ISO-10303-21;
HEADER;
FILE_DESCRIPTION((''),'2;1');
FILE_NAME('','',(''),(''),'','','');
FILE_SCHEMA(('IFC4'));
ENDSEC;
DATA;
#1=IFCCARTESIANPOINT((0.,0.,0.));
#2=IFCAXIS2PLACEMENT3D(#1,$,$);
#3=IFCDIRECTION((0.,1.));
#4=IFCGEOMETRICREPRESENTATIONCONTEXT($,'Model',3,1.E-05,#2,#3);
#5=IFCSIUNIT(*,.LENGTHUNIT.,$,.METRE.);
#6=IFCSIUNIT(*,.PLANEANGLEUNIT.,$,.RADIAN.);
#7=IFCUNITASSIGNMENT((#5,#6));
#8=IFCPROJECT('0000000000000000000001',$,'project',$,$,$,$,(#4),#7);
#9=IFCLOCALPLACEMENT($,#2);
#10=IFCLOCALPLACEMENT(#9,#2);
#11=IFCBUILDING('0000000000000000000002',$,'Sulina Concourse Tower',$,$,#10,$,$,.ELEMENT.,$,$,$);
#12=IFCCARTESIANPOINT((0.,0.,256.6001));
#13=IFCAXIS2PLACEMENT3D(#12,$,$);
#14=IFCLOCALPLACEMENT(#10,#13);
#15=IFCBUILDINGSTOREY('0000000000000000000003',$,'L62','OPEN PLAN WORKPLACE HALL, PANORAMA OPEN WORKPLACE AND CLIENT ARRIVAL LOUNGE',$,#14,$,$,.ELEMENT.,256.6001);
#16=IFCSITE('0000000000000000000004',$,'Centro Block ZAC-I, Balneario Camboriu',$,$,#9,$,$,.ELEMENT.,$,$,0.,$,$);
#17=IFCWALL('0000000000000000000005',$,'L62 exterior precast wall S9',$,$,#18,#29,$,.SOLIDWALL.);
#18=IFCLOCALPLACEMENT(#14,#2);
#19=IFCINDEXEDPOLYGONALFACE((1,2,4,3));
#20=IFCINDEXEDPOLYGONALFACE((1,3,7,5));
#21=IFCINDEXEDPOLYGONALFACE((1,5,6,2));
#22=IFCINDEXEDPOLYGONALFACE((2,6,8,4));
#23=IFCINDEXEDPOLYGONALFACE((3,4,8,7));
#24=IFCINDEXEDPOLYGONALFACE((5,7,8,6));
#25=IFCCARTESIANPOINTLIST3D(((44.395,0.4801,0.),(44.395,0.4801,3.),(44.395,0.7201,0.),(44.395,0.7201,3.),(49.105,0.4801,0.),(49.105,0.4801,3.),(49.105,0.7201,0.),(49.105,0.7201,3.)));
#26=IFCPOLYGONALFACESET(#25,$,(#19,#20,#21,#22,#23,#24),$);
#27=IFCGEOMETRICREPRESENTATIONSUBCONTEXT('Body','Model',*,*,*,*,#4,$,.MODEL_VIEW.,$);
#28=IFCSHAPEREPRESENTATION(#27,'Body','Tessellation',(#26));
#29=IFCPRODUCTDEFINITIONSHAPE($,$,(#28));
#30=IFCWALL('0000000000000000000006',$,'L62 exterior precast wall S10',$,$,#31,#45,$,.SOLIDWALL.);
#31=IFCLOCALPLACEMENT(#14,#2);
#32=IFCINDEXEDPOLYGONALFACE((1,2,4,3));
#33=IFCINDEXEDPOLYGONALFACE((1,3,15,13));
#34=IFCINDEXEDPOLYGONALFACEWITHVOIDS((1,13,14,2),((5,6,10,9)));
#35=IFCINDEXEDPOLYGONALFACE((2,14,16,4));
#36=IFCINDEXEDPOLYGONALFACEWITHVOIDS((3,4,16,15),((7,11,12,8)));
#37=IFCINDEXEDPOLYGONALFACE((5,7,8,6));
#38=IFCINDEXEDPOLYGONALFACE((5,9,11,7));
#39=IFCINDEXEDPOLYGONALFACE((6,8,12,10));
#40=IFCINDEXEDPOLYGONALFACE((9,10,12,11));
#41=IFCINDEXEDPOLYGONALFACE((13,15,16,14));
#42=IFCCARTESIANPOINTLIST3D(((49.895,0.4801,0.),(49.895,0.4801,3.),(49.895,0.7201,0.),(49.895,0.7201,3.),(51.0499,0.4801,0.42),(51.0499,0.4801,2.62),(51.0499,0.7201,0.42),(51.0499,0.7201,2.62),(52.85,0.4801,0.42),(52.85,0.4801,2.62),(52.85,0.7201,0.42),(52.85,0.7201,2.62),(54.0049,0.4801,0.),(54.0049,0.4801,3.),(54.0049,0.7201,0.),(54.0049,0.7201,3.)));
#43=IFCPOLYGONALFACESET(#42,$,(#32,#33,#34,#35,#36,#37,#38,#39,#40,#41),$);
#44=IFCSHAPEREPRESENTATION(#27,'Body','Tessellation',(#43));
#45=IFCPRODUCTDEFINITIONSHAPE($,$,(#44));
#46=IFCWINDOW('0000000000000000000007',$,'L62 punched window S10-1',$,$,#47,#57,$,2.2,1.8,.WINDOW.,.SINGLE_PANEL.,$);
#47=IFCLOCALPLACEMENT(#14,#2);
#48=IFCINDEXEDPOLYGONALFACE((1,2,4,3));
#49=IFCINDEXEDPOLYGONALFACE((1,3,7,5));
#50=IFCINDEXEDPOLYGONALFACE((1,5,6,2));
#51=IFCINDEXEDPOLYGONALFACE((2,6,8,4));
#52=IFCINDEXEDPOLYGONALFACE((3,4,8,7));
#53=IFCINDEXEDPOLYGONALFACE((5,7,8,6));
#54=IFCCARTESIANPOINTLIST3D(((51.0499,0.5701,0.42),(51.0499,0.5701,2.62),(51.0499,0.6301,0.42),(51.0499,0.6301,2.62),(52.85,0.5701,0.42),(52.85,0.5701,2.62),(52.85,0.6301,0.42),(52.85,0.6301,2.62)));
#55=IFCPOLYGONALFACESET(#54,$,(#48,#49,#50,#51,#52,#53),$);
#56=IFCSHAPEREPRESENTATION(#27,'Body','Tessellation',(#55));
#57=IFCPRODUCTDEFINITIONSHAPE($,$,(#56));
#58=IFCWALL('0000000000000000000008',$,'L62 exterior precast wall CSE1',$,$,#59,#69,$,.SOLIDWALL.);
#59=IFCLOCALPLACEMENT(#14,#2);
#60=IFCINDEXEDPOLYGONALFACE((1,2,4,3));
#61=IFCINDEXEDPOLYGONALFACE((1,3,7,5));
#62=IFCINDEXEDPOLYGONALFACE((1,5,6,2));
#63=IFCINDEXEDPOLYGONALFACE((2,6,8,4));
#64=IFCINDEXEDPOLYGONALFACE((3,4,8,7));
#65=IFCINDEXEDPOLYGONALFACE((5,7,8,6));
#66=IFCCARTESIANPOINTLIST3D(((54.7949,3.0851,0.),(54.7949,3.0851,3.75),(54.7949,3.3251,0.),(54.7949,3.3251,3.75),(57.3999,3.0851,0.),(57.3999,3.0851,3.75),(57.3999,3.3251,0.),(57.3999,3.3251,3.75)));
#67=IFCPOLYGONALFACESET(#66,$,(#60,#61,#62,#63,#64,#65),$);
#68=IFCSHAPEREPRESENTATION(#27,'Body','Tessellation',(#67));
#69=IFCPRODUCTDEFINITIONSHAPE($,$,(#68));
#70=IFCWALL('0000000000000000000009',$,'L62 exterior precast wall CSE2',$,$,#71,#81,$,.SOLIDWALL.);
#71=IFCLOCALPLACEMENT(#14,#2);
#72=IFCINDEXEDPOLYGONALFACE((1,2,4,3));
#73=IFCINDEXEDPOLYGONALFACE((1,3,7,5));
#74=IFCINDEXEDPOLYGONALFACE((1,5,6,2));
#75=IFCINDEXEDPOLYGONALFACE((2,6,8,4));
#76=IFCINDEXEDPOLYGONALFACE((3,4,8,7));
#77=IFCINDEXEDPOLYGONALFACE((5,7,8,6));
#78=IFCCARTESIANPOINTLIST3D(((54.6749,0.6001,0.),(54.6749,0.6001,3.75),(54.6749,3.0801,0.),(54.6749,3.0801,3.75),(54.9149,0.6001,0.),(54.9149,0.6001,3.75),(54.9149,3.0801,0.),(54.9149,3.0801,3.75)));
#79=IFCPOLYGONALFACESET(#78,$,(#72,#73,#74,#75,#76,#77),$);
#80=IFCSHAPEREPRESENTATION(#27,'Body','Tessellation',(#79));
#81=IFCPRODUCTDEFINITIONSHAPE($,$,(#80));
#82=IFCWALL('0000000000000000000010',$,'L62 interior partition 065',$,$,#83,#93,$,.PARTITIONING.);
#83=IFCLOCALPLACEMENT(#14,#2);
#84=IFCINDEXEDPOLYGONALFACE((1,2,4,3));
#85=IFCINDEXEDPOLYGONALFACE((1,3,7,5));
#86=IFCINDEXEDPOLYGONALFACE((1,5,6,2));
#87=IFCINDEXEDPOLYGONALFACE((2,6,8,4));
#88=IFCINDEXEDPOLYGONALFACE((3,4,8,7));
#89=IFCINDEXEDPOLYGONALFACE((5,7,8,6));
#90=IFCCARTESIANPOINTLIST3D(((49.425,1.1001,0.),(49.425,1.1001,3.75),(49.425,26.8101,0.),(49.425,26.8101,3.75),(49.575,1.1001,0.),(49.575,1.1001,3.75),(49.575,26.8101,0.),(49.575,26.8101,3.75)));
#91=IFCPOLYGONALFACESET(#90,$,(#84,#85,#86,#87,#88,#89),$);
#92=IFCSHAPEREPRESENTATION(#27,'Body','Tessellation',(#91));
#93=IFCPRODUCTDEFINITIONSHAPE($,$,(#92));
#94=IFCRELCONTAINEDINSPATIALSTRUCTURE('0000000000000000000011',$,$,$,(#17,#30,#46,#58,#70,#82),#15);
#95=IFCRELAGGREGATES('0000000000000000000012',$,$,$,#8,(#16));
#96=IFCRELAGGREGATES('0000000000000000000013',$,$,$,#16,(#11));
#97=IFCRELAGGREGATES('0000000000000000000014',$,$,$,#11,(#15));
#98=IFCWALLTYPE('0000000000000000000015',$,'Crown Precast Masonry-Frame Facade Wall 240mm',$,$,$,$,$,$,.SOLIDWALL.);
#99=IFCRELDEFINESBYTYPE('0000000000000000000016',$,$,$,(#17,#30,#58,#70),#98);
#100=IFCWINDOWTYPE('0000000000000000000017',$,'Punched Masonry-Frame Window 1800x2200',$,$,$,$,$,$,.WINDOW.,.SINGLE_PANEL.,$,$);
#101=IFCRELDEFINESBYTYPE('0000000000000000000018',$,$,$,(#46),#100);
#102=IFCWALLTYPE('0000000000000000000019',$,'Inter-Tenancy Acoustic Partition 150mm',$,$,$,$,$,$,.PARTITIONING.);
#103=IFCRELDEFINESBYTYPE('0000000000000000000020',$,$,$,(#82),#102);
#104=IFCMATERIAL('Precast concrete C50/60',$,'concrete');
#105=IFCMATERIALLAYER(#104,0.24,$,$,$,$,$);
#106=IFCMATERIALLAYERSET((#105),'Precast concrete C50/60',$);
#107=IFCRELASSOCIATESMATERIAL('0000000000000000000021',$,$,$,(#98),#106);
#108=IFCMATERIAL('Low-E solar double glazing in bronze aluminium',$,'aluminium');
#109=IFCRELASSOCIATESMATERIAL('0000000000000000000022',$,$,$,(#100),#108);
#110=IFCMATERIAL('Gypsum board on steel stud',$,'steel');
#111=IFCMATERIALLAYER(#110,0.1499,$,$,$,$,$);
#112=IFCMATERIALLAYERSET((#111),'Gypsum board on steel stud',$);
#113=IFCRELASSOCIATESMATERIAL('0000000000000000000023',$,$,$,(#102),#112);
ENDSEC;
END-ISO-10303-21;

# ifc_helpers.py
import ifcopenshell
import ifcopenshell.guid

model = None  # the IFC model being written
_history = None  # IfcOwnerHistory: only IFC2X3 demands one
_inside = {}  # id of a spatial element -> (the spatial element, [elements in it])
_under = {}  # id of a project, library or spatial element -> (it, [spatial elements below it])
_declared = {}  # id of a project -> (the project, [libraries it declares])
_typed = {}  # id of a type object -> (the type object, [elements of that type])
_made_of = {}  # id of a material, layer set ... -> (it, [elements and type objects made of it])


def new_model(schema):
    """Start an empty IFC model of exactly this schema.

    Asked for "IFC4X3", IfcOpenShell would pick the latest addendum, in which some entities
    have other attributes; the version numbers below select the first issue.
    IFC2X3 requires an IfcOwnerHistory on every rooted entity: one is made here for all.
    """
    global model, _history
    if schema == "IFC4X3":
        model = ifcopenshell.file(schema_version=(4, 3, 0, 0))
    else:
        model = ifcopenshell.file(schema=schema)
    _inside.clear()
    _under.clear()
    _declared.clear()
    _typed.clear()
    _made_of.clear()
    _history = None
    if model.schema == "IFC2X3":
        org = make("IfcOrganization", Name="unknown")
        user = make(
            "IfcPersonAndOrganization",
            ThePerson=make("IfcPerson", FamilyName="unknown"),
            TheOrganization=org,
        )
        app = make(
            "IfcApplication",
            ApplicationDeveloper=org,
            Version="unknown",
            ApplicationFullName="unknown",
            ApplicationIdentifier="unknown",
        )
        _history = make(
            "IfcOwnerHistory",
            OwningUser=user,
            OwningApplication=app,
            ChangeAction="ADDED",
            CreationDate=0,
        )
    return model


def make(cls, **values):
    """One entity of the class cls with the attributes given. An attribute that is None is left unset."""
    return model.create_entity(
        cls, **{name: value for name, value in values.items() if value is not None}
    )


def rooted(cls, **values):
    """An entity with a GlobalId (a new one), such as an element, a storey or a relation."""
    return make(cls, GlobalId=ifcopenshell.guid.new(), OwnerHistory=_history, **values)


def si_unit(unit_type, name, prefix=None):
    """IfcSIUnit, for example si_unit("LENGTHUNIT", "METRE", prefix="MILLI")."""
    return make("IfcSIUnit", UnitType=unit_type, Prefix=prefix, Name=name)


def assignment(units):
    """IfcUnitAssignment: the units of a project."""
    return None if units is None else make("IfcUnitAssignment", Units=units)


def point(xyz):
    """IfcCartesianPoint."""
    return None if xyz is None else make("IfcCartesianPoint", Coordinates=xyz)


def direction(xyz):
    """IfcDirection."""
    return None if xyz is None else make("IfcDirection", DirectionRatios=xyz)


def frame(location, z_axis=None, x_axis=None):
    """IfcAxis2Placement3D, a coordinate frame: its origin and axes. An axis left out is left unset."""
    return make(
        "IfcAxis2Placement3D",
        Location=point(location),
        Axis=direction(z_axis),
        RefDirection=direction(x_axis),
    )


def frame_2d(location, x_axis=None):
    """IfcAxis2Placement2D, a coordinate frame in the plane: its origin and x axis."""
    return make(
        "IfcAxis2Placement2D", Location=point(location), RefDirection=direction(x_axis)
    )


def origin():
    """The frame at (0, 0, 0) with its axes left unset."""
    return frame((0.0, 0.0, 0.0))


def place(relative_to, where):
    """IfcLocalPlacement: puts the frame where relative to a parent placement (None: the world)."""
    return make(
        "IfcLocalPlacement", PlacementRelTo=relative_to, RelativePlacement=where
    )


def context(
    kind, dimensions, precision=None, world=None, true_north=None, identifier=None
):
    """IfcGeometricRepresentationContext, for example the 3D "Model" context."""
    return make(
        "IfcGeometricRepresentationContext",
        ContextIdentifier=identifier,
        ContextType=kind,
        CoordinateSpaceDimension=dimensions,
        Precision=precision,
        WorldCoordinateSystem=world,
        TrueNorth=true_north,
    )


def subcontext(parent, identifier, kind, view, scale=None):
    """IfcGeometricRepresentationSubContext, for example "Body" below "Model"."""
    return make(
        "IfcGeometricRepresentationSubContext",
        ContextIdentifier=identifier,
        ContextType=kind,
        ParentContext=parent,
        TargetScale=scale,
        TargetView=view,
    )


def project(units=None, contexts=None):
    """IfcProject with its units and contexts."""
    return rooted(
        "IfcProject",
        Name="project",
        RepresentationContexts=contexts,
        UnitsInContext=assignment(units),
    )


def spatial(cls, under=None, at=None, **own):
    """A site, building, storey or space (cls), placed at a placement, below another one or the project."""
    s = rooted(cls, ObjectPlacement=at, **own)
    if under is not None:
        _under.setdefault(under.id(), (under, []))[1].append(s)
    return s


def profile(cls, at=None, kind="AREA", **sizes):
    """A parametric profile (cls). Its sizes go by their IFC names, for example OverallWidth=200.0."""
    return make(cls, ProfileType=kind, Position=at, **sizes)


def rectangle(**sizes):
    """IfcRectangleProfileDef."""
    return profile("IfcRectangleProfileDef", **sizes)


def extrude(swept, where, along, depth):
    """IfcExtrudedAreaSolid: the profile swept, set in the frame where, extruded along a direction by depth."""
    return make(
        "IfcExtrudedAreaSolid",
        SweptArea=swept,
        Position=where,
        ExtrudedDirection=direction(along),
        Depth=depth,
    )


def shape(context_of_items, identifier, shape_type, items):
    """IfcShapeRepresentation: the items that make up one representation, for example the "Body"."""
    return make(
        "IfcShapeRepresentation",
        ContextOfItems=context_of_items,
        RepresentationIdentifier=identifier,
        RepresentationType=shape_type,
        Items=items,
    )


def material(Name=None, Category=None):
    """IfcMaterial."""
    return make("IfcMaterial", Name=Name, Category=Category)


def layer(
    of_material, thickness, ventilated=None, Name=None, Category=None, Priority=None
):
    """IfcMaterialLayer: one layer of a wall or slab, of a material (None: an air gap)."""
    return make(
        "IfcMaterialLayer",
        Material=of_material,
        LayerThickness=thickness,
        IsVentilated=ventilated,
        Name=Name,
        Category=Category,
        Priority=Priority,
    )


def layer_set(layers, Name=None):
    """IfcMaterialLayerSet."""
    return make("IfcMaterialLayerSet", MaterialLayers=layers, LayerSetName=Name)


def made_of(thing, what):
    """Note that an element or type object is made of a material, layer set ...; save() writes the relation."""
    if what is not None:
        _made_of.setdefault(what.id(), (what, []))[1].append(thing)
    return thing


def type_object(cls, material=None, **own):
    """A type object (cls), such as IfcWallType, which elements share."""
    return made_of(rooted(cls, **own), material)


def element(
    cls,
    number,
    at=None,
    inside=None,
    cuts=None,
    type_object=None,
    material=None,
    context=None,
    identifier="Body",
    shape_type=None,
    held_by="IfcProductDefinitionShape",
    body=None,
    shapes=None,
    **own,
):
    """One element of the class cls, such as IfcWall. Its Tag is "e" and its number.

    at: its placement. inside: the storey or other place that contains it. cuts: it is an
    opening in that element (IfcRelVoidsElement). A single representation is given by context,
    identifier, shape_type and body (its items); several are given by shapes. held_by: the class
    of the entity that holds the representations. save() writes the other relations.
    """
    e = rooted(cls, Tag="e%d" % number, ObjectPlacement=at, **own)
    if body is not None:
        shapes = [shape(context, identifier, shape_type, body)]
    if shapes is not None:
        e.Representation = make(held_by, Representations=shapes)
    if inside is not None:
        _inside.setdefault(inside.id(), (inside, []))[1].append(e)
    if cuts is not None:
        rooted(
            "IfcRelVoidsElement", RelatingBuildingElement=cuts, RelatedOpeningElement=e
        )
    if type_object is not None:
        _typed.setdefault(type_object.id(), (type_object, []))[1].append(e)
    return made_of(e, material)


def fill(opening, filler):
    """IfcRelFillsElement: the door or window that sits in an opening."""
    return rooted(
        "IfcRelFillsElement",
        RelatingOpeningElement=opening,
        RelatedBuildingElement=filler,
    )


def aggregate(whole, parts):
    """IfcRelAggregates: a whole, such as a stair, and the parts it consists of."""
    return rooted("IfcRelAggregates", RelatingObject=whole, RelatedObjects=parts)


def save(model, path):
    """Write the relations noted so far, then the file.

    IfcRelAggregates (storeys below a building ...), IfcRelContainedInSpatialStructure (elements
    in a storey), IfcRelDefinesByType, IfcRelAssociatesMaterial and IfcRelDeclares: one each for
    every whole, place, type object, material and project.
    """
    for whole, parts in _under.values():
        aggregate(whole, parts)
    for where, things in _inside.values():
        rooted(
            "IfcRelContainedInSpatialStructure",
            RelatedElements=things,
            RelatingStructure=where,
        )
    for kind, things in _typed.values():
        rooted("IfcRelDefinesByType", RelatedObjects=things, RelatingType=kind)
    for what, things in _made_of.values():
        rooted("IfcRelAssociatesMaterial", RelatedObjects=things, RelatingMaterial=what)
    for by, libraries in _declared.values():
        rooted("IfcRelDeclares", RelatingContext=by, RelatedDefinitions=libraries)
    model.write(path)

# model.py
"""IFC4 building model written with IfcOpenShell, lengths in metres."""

from ifc_helpers import new_model, si_unit, direction, frame, frame_2d, origin, place, context, subcontext, project, spatial, rectangle, extrude, material, layer, layer_set, type_object, element, fill, save


model = new_model("IFC4")

# Units and contexts
model_context = context("Model", 3, precision=1e-05, world=origin(), true_north=direction((0.0, 1.0)))
body_context = subcontext(model_context, "Body", "Model", "MODEL_VIEW")
ifc_project = project(units=[si_unit("LENGTHUNIT", "METRE"), si_unit("PLANEANGLEUNIT", "RADIAN")], contexts=[model_context])

# Site, building, storey
site_placement = place(None, origin())
site = spatial("IfcSite", under=ifc_project, at=site_placement, Name="Centro Block ZAC-I, Balneario Camboriu", CompositionType="ELEMENT", RefElevation=0.0)
building_placement = place(site_placement, origin())
building = spatial("IfcBuilding", under=site, at=building_placement, Name="Sulina Concourse Tower", CompositionType="ELEMENT")
storey_placement = place(building_placement, frame((0.0, 0.0, 256.6001)))
storey = spatial("IfcBuildingStorey", under=building, at=storey_placement, Name="L62", Description="OPEN PLAN WORKPLACE HALL, PANORAMA OPEN WORKPLACE AND CLIENT ARRIVAL LOUNGE", CompositionType="ELEMENT", Elevation=256.6001)

# Wall
ifc_material_1 = material(Name="Precast concrete C50/60", Category="concrete")
ifc_layer_1 = layer(ifc_material_1, 0.24)
ifc_layer_set_1 = layer_set([ifc_layer_1], Name="Precast concrete C50/60")
wall_type_1 = type_object("IfcWallType", Name="Crown Precast Masonry-Frame Facade Wall 240mm", PredefinedType="SOLIDWALL", material=ifc_layer_set_1)
wall_1_placement = place(storey_placement, frame((49.105, 0.6001, 0.0), z_axis=(0.0, 0.0, 1.0), x_axis=(-1.0, 0.0, 0.0)))
element("IfcWall", 1, at=wall_1_placement, inside=storey, type_object=wall_type_1, Name="L62 exterior precast wall S9", PredefinedType="SOLIDWALL", context=body_context, shape_type="SweptSolid", body=[
    extrude(rectangle(XDim=4.71, YDim=0.24, at=frame_2d((2.355, 0.0))), origin(), (0.0, 0.0, 1.0), 3.0),
])

# Wall, opening, window
wall_2_placement = place(storey_placement, frame((54.0049, 0.6001, 0.0), z_axis=(0.0, 0.0, 1.0), x_axis=(-1.0, 0.0, 0.0)))
wall_2 = element("IfcWall", 2, at=wall_2_placement, inside=storey, type_object=wall_type_1, Name="L62 exterior precast wall S10", PredefinedType="SOLIDWALL", context=body_context, shape_type="SweptSolid", body=[
    extrude(rectangle(XDim=4.1099, YDim=0.24, at=frame_2d((2.0549, 0.0))), origin(), (0.0, 0.0, 1.0), 3.0),
])
opening_placement = place(wall_2_placement, frame((1.155, 0.0, 0.4199)))
opening = element("IfcOpeningElement", 3, at=opening_placement, cuts=wall_2, PredefinedType="OPENING", context=body_context, shape_type="SweptSolid", body=[
    extrude(rectangle(XDim=1.8, YDim=2.2, at=frame_2d((0.8999, 1.1001))), frame((0.0, 0.1299, 0.0), z_axis=(0.0, -1.0, 0.0), x_axis=(1.0, 0.0, 0.0)), (0.0, 0.0, 1.0), 0.26),
])
ifc_material_2 = material(Name="Low-E solar double glazing in bronze aluminium", Category="aluminium")
window_type = type_object("IfcWindowType", Name="Punched Masonry-Frame Window 1800x2200", PartitioningType="SINGLE_PANEL", PredefinedType="WINDOW", material=ifc_material_2)
window_placement = place(opening_placement, origin())
window = element("IfcWindow", 4, at=window_placement, inside=storey, type_object=window_type, Name="L62 punched window S10-1", OverallHeight=2.2, OverallWidth=1.8, PartitioningType="SINGLE_PANEL", PredefinedType="WINDOW", context=body_context, shape_type="SweptSolid", body=[
    extrude(rectangle(XDim=1.8, YDim=2.2, at=frame_2d((0.8999, 1.1001))), frame((0.0, 0.03, 0.0), z_axis=(0.0, -1.0, 0.0), x_axis=(1.0, 0.0, 0.0)), (0.0, 0.0, 1.0), 0.0601),
])
fill(opening, window)

# Walls
wall_3_placement = place(storey_placement, frame((57.3999, 3.2051, 0.0), z_axis=(0.0, 0.0, 1.0), x_axis=(-1.0, 0.0, 0.0)))
element("IfcWall", 5, at=wall_3_placement, inside=storey, type_object=wall_type_1, Name="L62 exterior precast wall CSE1", PredefinedType="SOLIDWALL", context=body_context, shape_type="SweptSolid", body=[
    extrude(rectangle(XDim=2.605, YDim=0.24, at=frame_2d((1.3025, 0.0))), origin(), (0.0, 0.0, 1.0), 3.75),
])
wall_4_placement = place(storey_placement, frame((54.7949, 3.0801, 0.0), z_axis=(0.0, 0.0, 1.0), x_axis=(0.0, -1.0, 0.0)))
element("IfcWall", 6, at=wall_4_placement, inside=storey, type_object=wall_type_1, Name="L62 exterior precast wall CSE2", PredefinedType="SOLIDWALL", context=body_context, shape_type="SweptSolid", body=[
    extrude(rectangle(XDim=2.48, YDim=0.24, at=frame_2d((1.24, 0.0))), origin(), (0.0, 0.0, 1.0), 3.75),
])
ifc_material_3 = material(Name="Gypsum board on steel stud", Category="steel")
ifc_layer_2 = layer(ifc_material_3, 0.1499)
ifc_layer_set_2 = layer_set([ifc_layer_2], Name="Gypsum board on steel stud")
wall_type_2 = type_object("IfcWallType", Name="Inter-Tenancy Acoustic Partition 150mm", PredefinedType="PARTITIONING", material=ifc_layer_set_2)
wall_5_placement = place(storey_placement, frame((49.5, 1.1001, 0.0), z_axis=(0.0, 0.0, 1.0), x_axis=(0.0, 1.0, 0.0)))
element("IfcWall", 7, at=wall_5_placement, inside=storey, type_object=wall_type_2, Name="L62 interior partition 065", PredefinedType="PARTITIONING", context=body_context, shape_type="SweptSolid", body=[
    extrude(rectangle(XDim=25.71, YDim=0.1499, at=frame_2d((12.855, 0.0))), origin(), (0.0, 0.0, 1.0), 3.75),
])

save(model, "model.ifc")
